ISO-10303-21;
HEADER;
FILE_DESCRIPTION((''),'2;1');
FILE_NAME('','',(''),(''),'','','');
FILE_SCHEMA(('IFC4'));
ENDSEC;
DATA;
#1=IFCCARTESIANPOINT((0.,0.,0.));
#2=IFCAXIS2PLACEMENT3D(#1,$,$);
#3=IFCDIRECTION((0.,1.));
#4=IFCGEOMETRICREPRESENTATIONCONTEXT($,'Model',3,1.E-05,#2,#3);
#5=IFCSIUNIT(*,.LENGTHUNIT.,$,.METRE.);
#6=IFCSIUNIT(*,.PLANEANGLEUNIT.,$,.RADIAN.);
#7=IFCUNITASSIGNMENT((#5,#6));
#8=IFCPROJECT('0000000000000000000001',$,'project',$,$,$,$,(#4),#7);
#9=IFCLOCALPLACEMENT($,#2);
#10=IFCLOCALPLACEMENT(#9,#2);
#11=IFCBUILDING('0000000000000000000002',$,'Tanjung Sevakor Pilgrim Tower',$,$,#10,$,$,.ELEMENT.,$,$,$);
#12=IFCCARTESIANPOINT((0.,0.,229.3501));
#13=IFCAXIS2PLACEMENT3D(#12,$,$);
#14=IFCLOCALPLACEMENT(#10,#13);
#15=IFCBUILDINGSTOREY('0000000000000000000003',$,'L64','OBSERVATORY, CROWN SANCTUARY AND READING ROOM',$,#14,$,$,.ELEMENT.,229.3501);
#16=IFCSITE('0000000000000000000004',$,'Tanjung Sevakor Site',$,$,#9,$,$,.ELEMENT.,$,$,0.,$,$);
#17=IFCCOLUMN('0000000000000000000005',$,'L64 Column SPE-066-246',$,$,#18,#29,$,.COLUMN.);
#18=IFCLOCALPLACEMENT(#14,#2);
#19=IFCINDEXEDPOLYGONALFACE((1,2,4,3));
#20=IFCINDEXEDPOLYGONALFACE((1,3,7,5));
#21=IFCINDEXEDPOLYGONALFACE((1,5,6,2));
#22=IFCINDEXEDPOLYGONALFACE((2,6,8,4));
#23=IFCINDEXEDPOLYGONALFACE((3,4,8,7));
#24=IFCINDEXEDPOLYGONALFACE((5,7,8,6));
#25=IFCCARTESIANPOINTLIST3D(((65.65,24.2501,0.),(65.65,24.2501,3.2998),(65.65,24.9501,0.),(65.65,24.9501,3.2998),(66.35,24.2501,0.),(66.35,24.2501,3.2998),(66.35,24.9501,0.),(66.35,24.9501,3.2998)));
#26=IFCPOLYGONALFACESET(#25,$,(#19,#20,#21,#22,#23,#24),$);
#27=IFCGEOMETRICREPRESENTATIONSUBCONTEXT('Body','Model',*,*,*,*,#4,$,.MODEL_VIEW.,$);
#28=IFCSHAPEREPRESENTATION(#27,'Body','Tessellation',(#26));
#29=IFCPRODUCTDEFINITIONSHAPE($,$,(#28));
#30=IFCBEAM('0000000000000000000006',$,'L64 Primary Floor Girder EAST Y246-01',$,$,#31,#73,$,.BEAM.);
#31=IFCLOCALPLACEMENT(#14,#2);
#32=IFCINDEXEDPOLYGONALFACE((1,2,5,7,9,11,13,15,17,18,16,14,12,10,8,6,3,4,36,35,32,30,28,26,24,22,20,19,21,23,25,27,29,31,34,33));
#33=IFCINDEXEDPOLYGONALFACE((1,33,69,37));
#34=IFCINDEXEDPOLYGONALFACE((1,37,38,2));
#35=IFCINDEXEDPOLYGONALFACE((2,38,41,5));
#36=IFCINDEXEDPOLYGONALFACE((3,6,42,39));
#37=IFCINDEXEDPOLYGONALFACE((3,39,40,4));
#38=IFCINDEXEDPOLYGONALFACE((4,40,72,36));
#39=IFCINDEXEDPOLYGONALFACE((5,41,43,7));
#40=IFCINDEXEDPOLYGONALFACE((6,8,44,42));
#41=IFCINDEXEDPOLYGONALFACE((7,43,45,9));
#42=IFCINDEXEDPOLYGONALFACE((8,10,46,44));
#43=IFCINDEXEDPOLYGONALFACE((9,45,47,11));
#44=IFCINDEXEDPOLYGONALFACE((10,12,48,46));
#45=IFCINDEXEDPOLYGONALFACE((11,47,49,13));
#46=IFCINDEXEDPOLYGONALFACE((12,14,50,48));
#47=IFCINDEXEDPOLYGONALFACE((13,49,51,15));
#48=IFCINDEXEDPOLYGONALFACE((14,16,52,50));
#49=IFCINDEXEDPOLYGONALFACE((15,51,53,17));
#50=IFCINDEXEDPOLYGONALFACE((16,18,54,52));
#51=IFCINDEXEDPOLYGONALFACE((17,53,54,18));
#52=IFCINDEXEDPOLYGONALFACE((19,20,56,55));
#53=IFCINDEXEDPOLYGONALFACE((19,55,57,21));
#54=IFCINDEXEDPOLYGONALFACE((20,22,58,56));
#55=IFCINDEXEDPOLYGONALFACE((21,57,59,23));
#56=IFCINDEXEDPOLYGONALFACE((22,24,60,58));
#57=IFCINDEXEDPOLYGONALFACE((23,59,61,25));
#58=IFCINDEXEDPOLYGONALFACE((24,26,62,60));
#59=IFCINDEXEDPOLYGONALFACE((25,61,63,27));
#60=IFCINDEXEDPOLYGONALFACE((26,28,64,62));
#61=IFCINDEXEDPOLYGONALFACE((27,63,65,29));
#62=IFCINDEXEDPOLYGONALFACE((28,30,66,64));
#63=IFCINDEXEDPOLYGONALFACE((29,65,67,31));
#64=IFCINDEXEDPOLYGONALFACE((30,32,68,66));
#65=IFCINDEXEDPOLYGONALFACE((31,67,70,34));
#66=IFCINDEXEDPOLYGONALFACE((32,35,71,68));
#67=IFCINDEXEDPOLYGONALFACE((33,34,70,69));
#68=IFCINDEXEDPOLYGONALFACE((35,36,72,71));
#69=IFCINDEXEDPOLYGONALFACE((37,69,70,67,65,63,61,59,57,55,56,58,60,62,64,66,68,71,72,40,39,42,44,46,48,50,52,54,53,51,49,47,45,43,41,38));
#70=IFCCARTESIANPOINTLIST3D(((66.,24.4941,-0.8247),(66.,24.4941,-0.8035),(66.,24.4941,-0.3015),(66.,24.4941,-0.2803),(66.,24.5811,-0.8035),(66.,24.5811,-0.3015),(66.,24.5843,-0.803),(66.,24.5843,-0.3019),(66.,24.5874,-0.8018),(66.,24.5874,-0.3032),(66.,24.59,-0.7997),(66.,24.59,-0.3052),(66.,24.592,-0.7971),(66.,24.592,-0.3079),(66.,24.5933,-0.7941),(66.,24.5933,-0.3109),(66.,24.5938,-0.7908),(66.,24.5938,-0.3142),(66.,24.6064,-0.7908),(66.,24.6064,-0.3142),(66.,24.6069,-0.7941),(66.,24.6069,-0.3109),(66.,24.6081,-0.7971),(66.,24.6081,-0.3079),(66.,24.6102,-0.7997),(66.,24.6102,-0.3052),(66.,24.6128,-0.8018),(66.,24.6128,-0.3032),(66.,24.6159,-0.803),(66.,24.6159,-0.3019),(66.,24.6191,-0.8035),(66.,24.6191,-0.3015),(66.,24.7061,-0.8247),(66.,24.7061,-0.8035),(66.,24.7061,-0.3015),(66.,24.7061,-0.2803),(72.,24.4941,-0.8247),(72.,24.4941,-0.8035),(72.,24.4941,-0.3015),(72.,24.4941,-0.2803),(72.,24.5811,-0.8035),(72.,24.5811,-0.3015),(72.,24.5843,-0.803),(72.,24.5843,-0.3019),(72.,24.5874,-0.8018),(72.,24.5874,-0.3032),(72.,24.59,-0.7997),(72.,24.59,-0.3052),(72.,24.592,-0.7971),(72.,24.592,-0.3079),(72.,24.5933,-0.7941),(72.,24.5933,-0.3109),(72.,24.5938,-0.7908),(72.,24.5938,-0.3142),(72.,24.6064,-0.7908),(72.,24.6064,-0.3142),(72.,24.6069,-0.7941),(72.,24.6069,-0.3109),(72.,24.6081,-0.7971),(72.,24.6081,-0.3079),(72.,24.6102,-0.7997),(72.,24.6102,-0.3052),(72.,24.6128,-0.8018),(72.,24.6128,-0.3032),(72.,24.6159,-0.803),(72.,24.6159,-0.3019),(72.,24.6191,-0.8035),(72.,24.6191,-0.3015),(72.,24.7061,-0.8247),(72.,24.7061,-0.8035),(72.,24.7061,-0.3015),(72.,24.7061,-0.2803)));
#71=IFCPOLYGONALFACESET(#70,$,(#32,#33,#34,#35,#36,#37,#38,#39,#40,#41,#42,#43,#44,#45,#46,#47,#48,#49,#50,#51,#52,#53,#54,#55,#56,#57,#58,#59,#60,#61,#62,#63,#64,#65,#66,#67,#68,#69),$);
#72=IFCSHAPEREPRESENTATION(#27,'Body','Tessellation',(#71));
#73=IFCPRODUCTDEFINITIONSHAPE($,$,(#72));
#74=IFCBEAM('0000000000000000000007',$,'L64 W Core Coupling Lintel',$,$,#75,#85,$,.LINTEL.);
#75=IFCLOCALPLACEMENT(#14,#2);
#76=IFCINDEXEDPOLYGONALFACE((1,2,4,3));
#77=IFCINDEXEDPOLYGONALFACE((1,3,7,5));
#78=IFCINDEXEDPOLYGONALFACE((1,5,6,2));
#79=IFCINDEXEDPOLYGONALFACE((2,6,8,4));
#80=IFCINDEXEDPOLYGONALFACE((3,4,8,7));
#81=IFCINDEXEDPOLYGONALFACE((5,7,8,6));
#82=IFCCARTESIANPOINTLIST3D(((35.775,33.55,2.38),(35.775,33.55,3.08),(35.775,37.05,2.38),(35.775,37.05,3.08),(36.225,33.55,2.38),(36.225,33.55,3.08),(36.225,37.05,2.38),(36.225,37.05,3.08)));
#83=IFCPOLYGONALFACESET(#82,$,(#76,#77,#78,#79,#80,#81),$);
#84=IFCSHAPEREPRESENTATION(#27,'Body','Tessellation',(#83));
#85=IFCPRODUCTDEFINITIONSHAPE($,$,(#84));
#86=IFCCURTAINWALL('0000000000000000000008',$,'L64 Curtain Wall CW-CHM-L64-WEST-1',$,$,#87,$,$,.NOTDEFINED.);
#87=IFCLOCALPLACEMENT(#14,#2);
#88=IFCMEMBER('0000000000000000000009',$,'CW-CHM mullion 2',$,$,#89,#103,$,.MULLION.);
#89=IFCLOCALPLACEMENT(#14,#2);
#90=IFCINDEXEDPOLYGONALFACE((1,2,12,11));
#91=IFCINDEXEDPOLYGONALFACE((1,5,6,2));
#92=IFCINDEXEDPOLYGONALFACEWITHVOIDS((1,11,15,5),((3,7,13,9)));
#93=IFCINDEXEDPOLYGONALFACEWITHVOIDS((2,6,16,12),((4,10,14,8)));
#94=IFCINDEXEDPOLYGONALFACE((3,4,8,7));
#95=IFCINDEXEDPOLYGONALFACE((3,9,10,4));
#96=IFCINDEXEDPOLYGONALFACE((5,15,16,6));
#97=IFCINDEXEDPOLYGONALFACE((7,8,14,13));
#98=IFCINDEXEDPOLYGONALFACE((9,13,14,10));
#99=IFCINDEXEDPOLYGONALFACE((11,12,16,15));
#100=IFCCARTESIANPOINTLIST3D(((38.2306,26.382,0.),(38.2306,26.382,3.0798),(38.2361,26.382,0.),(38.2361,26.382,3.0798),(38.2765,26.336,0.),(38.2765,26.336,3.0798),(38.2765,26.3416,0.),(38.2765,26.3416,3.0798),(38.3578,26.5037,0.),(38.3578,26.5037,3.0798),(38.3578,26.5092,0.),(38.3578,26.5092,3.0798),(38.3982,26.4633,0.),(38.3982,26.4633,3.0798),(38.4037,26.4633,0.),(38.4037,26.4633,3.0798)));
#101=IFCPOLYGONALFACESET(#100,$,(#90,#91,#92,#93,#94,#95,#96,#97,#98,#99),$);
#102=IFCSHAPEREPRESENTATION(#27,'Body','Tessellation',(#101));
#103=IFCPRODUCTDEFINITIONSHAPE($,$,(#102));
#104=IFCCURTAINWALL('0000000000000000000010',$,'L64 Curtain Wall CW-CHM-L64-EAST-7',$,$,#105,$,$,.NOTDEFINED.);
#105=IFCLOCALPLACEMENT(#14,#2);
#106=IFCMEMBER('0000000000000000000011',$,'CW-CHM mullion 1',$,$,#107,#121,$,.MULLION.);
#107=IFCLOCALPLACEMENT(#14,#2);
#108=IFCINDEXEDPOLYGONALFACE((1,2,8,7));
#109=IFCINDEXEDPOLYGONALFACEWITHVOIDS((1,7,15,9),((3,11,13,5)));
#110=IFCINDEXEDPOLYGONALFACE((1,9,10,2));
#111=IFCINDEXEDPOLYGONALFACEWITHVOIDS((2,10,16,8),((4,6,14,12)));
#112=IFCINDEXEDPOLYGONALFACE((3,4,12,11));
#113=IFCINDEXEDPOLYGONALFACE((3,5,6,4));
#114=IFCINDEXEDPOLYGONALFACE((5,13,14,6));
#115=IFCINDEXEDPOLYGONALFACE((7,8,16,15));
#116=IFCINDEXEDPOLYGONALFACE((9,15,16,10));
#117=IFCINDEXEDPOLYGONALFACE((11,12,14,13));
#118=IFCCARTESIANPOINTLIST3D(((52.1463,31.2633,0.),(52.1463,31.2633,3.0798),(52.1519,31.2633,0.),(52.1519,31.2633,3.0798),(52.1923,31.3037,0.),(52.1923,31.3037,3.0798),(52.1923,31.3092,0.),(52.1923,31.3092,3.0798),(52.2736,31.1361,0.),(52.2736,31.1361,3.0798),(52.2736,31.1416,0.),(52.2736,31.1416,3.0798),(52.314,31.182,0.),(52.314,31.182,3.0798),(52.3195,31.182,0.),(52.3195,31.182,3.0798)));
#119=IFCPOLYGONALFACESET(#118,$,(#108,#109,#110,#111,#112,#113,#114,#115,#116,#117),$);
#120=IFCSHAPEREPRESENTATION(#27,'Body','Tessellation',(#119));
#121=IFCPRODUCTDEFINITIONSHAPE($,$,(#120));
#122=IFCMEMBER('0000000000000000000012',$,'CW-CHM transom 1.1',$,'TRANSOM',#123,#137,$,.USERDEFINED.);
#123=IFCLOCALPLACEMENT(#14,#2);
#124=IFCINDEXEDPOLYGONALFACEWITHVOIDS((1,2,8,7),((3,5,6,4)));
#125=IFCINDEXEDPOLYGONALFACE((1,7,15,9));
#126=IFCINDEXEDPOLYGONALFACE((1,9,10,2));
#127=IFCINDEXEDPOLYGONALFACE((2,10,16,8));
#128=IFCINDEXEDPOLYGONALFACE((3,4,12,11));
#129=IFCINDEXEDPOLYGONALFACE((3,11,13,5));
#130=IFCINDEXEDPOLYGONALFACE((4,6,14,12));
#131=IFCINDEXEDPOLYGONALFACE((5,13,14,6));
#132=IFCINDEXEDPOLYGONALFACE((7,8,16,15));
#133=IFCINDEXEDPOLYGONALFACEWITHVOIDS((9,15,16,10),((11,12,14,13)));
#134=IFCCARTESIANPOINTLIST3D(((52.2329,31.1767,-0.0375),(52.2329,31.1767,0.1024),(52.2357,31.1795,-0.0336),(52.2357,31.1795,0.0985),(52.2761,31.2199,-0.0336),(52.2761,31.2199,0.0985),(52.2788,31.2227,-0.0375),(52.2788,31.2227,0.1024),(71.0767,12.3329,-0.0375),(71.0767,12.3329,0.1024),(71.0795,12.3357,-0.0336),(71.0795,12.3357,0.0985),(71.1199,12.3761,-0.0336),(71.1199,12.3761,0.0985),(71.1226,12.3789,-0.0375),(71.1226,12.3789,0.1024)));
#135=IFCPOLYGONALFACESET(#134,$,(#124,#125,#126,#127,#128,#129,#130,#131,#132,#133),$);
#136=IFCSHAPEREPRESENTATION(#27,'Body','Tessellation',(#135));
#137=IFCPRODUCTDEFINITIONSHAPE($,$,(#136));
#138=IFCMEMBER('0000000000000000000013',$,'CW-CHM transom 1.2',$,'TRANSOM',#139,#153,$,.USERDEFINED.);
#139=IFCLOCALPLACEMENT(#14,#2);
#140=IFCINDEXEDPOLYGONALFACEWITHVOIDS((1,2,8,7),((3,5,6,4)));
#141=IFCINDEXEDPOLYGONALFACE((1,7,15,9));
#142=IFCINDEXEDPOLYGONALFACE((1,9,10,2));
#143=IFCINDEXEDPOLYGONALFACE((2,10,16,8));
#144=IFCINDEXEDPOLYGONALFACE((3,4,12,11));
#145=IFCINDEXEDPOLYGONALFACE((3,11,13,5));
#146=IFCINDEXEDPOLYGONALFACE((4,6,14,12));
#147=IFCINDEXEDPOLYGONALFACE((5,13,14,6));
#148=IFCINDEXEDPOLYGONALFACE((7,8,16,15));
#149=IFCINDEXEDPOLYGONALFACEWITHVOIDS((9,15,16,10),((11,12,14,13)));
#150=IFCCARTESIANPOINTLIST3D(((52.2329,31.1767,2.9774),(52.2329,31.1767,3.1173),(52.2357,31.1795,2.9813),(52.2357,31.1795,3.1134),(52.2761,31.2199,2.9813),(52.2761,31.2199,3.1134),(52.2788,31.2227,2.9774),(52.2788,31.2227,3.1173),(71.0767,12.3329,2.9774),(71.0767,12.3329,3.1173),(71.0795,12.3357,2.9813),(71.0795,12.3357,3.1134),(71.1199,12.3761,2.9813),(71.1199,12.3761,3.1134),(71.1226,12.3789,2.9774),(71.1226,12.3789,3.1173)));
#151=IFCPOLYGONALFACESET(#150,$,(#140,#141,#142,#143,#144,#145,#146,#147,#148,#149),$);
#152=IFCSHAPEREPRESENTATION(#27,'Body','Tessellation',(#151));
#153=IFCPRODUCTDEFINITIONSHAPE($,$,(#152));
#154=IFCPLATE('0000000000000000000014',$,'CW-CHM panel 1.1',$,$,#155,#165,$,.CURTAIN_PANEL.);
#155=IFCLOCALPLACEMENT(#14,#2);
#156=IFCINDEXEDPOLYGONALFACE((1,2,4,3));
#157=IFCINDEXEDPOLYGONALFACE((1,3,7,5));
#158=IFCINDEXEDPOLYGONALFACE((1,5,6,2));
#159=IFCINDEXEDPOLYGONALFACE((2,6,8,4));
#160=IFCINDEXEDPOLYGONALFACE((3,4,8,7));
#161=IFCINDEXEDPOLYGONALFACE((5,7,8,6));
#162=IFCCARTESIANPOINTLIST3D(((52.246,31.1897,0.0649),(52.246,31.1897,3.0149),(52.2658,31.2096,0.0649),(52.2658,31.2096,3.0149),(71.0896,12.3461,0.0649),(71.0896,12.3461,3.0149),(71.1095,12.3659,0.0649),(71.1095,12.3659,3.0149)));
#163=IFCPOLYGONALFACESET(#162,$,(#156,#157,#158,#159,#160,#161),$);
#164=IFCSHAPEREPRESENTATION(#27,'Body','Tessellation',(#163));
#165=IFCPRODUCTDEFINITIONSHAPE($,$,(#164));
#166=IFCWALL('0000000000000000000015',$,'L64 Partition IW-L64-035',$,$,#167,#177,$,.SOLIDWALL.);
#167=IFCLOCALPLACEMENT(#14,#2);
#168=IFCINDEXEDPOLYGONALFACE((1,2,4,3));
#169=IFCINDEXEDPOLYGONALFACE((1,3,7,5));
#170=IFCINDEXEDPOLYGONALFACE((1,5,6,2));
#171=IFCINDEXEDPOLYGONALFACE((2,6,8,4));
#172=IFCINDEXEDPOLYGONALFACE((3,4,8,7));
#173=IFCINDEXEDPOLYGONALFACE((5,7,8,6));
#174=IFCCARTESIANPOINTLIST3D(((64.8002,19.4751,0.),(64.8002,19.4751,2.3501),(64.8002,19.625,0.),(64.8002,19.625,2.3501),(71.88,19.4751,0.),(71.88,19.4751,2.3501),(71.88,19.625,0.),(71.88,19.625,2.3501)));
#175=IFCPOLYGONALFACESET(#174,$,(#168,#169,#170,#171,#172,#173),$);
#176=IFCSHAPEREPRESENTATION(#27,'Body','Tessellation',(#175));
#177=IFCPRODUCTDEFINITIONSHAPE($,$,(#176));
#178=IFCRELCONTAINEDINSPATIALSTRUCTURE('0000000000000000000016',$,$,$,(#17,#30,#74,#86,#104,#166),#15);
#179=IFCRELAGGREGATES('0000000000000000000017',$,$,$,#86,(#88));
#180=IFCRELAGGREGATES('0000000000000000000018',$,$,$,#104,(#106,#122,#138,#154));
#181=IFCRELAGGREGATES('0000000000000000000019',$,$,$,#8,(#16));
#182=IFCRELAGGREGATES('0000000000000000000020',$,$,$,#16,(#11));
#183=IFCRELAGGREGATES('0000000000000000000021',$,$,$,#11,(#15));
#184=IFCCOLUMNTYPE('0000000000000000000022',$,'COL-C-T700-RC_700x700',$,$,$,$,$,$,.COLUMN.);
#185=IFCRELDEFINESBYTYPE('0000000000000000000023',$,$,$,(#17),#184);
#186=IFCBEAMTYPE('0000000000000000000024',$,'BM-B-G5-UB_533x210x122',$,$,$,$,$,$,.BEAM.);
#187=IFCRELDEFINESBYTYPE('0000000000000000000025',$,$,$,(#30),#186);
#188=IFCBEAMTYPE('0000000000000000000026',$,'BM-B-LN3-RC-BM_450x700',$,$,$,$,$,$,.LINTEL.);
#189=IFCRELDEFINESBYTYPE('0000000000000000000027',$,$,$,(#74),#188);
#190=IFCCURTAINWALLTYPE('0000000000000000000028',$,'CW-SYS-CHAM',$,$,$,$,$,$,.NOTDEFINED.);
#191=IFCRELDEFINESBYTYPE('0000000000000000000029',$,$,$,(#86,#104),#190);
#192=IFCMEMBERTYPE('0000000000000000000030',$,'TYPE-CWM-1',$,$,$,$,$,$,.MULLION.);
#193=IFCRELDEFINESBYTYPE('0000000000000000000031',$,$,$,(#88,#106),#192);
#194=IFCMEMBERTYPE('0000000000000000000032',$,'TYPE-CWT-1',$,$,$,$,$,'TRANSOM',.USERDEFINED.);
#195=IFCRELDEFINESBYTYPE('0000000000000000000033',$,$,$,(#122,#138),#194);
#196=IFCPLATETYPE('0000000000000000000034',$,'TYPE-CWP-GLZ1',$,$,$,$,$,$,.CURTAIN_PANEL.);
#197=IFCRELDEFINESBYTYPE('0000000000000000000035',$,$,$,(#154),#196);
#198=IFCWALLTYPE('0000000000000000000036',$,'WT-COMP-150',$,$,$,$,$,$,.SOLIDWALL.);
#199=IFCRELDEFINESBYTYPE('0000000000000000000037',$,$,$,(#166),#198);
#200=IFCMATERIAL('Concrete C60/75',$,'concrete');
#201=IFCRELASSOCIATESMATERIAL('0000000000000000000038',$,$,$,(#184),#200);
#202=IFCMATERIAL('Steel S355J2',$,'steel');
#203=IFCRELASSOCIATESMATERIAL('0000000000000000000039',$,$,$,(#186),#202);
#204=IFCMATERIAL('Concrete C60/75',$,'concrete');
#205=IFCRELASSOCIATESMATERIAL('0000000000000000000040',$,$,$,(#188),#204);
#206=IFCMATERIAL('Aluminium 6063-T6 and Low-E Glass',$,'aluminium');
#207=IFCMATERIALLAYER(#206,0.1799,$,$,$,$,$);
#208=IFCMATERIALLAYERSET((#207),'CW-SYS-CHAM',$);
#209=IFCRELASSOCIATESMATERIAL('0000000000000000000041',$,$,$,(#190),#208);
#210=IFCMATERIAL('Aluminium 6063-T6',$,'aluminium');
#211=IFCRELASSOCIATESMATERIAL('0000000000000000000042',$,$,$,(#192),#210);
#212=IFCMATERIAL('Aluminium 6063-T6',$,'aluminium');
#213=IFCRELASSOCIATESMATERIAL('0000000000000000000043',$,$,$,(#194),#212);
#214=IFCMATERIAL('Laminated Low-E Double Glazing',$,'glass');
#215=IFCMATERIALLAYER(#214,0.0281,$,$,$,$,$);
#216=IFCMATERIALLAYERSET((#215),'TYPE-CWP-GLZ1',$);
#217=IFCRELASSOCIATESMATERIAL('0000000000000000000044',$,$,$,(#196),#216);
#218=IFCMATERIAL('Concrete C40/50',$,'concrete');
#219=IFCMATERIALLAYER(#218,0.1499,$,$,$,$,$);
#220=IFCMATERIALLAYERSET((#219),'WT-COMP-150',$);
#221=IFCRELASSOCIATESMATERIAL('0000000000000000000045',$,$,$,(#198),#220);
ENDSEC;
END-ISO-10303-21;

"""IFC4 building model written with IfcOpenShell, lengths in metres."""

from ifc_helpers import new_model, si_unit, direction, frame, frame_2d, origin, origin_2d, place, context, subcontext, project, spatial, rectangle, hollow_rectangle, i_section, extrude, material, layer, layer_set, material_profile, profile_set, type_object, element, aggregate, save


model = new_model("IFC4")

# Units and contexts
model_context = context("Model", 3, precision=1e-05, world=origin(), true_north=direction((0.0, 1.0)))
body_context = subcontext(model_context, "Body", "Model", "MODEL_VIEW")
ifc_project = project(units=[si_unit("LENGTHUNIT", "METRE"), si_unit("PLANEANGLEUNIT", "RADIAN")], contexts=[model_context])

# Site, building, storey
site_placement = place(None, origin())
site = spatial("IfcSite", under=ifc_project, at=site_placement, Name="Tanjung Sevakor Site", CompositionType="ELEMENT", RefElevation=0.0)
building_placement = place(site_placement, origin())
building = spatial("IfcBuilding", under=site, at=building_placement, Name="Tanjung Sevakor Pilgrim Tower", CompositionType="ELEMENT")
storey_placement = place(building_placement, frame((0.0, 0.0, 229.3501)))
storey = spatial("IfcBuildingStorey", under=building, at=storey_placement, Name="L64", Description="OBSERVATORY, CROWN SANCTUARY AND READING ROOM", CompositionType="ELEMENT", Elevation=229.3501)

# Column
ifc_material_1 = material(Name="Concrete C60/75", Category="concrete")
ifc_material_profile_1 = material_profile(ifc_material_1, rectangle(XDim=0.7, YDim=0.7, at=origin_2d()))
ifc_profile_set_1 = profile_set([ifc_material_profile_1], Name="Concrete C60/75")
column_type = type_object("IfcColumnType", Name="COL-C-T700-RC_700x700", PredefinedType="COLUMN", material=ifc_profile_set_1)
column_placement = place(storey_placement, frame((66.0, 24.6001, 0.0), z_axis=(0.0, 0.0, 1.0), x_axis=(1.0, 0.0, 0.0)))
element("IfcColumn", 1, at=column_placement, inside=storey, type_object=column_type, Name="L64 Column SPE-066-246", PredefinedType="COLUMN", context=body_context, shape_type="SweptSolid", body=[
    extrude(rectangle(XDim=0.7, YDim=0.7, at=origin_2d()), origin(), (0.0, 0.0, 1.0), 3.2998),
])

# Beams
ifc_material_2 = material(Name="Steel S355J2", Category="steel")
ifc_material_profile_2 = material_profile(ifc_material_2, i_section(OverallWidth=0.2119, OverallDepth=0.5444, WebThickness=0.0127, FlangeThickness=0.0212, FilletRadius=0.0127, at=origin_2d()))
ifc_profile_set_2 = profile_set([ifc_material_profile_2], Name="Steel S355J2")
beam_type_1 = type_object("IfcBeamType", Name="BM-B-G5-UB_533x210x122", PredefinedType="BEAM", material=ifc_profile_set_2)
beam_1_placement = place(storey_placement, frame((66.0, 24.6001, -0.5525), z_axis=(1.0, 0.0, 0.0), x_axis=(0.0, 1.0, 0.0)))
element("IfcBeam", 2, at=beam_1_placement, inside=storey, type_object=beam_type_1, Name="L64 Primary Floor Girder EAST Y246-01", PredefinedType="BEAM", context=body_context, shape_type="SweptSolid", body=[
    extrude(i_section(OverallWidth=0.2119, OverallDepth=0.5444, WebThickness=0.0127, FlangeThickness=0.0212, FilletRadius=0.0127, at=origin_2d()), origin(), (0.0, 0.0, 1.0), 6.0),
])
ifc_material_3 = material(Name="Concrete C60/75", Category="concrete")
ifc_material_profile_3 = material_profile(ifc_material_3, rectangle(XDim=0.45, YDim=0.7, at=origin_2d()))
ifc_profile_set_3 = profile_set([ifc_material_profile_3], Name="Concrete C60/75")
beam_type_2 = type_object("IfcBeamType", Name="BM-B-LN3-RC-BM_450x700", PredefinedType="LINTEL", material=ifc_profile_set_3)
beam_2_placement = place(storey_placement, frame((36.0, 33.55, 2.73), z_axis=(0.0, 1.0, 0.0), x_axis=(-1.0, 0.0, 0.0)))
element("IfcBeam", 3, at=beam_2_placement, inside=storey, type_object=beam_type_2, Name="L64 W Core Coupling Lintel", PredefinedType="LINTEL", context=body_context, shape_type="SweptSolid", body=[
    extrude(rectangle(XDim=0.45, YDim=0.7, at=origin_2d()), origin(), (0.0, 0.0, 1.0), 3.5),
])

# Curtain wall, member
ifc_material_4 = material(Name="Aluminium 6063-T6 and Low-E Glass", Category="aluminium")
ifc_layer_1 = layer(ifc_material_4, 0.1799)
ifc_layer_set_1 = layer_set([ifc_layer_1], Name="CW-SYS-CHAM")
curtain_wall_type = type_object("IfcCurtainWallType", Name="CW-SYS-CHAM", PredefinedType="NOTDEFINED", material=ifc_layer_set_1)
curtain_wall_1_placement = place(storey_placement, origin())
curtain_wall_1 = element("IfcCurtainWall", 4, at=curtain_wall_1_placement, inside=storey, type_object=curtain_wall_type, Name="L64 Curtain Wall CW-CHM-L64-WEST-1", PredefinedType="NOTDEFINED")
ifc_material_5 = material(Name="Aluminium 6063-T6", Category="aluminium")
ifc_material_profile_4 = material_profile(ifc_material_5, hollow_rectangle(XDim=0.0649, YDim=0.1799, WallThickness=0.0039, at=origin_2d()))
ifc_profile_set_4 = profile_set([ifc_material_profile_4], Name="Aluminium 6063-T6")
member_type_1 = type_object("IfcMemberType", Name="TYPE-CWM-1", PredefinedType="MULLION", material=ifc_profile_set_4)
member_1_placement = place(storey_placement, frame((38.3171, 26.4226, 0.0), z_axis=(0.0, 0.0, 1.0), x_axis=(-0.707107, 0.707107, 0.0)))
member_1 = element("IfcMember", 5, at=member_1_placement, type_object=member_type_1, Name="CW-CHM mullion 2", PredefinedType="MULLION", context=body_context, shape_type="SweptSolid", body=[
    extrude(hollow_rectangle(XDim=0.0649, YDim=0.1799, WallThickness=0.0039, at=origin_2d()), origin(), (0.0, 0.0, 1.0), 3.0798),
])
aggregate(curtain_wall_1, [member_1])

# Curtain wall, members, plate
curtain_wall_2_placement = place(storey_placement, origin())
curtain_wall_2 = element("IfcCurtainWall", 6, at=curtain_wall_2_placement, inside=storey, type_object=curtain_wall_type, Name="L64 Curtain Wall CW-CHM-L64-EAST-7", PredefinedType="NOTDEFINED")
member_2_placement = place(storey_placement, frame((52.2329, 31.2227, 0.0), z_axis=(0.0, 0.0, 1.0), x_axis=(0.707107, 0.707107, 0.0)))
member_2 = element("IfcMember", 7, at=member_2_placement, type_object=member_type_1, Name="CW-CHM mullion 1", PredefinedType="MULLION", context=body_context, shape_type="SweptSolid", body=[
    extrude(hollow_rectangle(XDim=0.0649, YDim=0.1799, WallThickness=0.0039, at=origin_2d()), origin(), (0.0, 0.0, 1.0), 3.0798),
])
ifc_material_6 = material(Name="Aluminium 6063-T6", Category="aluminium")
ifc_material_profile_5 = material_profile(ifc_material_6, hollow_rectangle(XDim=0.0649, YDim=0.1399, WallThickness=0.0039, at=origin_2d()))
ifc_profile_set_5 = profile_set([ifc_material_profile_5], Name="Aluminium 6063-T6")
member_type_2 = type_object("IfcMemberType", Name="TYPE-CWT-1", ElementType="TRANSOM", PredefinedType="USERDEFINED", material=ifc_profile_set_5)
member_3_placement = place(storey_placement, frame((52.2559, 31.1997, 0.0325), z_axis=(0.707107, -0.707107, 0.0), x_axis=(0.707107, 0.707107, 0.0)))
member_3 = element("IfcMember", 8, at=member_3_placement, type_object=member_type_2, Name="CW-CHM transom 1.1", ObjectType="TRANSOM", PredefinedType="USERDEFINED", context=body_context, shape_type="SweptSolid", body=[
    extrude(hollow_rectangle(XDim=0.0649, YDim=0.1399, WallThickness=0.0039, at=origin_2d()), origin(), (0.0, 0.0, 1.0), 26.6492),
])
member_4_placement = place(storey_placement, frame((52.2559, 31.1997, 3.0474), z_axis=(0.707107, -0.707107, 0.0), x_axis=(0.707107, 0.707107, 0.0)))
member_4 = element("IfcMember", 9, at=member_4_placement, type_object=member_type_2, Name="CW-CHM transom 1.2", ObjectType="TRANSOM", PredefinedType="USERDEFINED", context=body_context, shape_type="SweptSolid", body=[
    extrude(hollow_rectangle(XDim=0.0649, YDim=0.1399, WallThickness=0.0039, at=origin_2d()), origin(), (0.0, 0.0, 1.0), 26.6492),
])
ifc_material_7 = material(Name="Laminated Low-E Double Glazing", Category="glass")
ifc_layer_2 = layer(ifc_material_7, 0.0281)
ifc_layer_set_2 = layer_set([ifc_layer_2], Name="TYPE-CWP-GLZ1")
plate_type = type_object("IfcPlateType", Name="TYPE-CWP-GLZ1", PredefinedType="CURTAIN_PANEL", material=ifc_layer_set_2)
plate_placement = place(storey_placement, frame((61.6777, 21.7778, 0.0649), z_axis=(0.0, 0.0, 1.0), x_axis=(0.707107, -0.707107, 0.0)))
plate = element("IfcPlate", 10, at=plate_placement, type_object=plate_type, Name="CW-CHM panel 1.1", PredefinedType="CURTAIN_PANEL", context=body_context, shape_type="SweptSolid", body=[
    extrude(rectangle(XDim=26.6489, YDim=0.0281, at=origin_2d()), origin(), (0.0, 0.0, 1.0), 2.95),
])
aggregate(curtain_wall_2, [member_2, member_3, member_4, plate])

# Wall
ifc_material_8 = material(Name="Concrete C40/50", Category="concrete")
ifc_layer_3 = layer(ifc_material_8, 0.1499)
ifc_layer_set_3 = layer_set([ifc_layer_3], Name="WT-COMP-150")
wall_type_1 = type_object("IfcWallType", Name="WT-COMP-150", PredefinedType="SOLIDWALL", material=ifc_layer_set_3)
wall_1_placement = place(storey_placement, frame((64.8, 19.55, 0.0), z_axis=(0.0, 0.0, 1.0), x_axis=(1.0, 0.0, 0.0)))
element("IfcWall", 11, at=wall_1_placement, inside=storey, type_object=wall_type_1, Name="L64 Partition IW-L64-035", PredefinedType="SOLIDWALL", context=body_context, shape_type="SweptSolid", body=[
    extrude(rectangle(XDim=7.0798, YDim=0.1499, at=frame_2d((3.54, 0.0))), origin(), (0.0, 0.0, 1.0), 2.3501),
])

save(model, "model.ifc")
